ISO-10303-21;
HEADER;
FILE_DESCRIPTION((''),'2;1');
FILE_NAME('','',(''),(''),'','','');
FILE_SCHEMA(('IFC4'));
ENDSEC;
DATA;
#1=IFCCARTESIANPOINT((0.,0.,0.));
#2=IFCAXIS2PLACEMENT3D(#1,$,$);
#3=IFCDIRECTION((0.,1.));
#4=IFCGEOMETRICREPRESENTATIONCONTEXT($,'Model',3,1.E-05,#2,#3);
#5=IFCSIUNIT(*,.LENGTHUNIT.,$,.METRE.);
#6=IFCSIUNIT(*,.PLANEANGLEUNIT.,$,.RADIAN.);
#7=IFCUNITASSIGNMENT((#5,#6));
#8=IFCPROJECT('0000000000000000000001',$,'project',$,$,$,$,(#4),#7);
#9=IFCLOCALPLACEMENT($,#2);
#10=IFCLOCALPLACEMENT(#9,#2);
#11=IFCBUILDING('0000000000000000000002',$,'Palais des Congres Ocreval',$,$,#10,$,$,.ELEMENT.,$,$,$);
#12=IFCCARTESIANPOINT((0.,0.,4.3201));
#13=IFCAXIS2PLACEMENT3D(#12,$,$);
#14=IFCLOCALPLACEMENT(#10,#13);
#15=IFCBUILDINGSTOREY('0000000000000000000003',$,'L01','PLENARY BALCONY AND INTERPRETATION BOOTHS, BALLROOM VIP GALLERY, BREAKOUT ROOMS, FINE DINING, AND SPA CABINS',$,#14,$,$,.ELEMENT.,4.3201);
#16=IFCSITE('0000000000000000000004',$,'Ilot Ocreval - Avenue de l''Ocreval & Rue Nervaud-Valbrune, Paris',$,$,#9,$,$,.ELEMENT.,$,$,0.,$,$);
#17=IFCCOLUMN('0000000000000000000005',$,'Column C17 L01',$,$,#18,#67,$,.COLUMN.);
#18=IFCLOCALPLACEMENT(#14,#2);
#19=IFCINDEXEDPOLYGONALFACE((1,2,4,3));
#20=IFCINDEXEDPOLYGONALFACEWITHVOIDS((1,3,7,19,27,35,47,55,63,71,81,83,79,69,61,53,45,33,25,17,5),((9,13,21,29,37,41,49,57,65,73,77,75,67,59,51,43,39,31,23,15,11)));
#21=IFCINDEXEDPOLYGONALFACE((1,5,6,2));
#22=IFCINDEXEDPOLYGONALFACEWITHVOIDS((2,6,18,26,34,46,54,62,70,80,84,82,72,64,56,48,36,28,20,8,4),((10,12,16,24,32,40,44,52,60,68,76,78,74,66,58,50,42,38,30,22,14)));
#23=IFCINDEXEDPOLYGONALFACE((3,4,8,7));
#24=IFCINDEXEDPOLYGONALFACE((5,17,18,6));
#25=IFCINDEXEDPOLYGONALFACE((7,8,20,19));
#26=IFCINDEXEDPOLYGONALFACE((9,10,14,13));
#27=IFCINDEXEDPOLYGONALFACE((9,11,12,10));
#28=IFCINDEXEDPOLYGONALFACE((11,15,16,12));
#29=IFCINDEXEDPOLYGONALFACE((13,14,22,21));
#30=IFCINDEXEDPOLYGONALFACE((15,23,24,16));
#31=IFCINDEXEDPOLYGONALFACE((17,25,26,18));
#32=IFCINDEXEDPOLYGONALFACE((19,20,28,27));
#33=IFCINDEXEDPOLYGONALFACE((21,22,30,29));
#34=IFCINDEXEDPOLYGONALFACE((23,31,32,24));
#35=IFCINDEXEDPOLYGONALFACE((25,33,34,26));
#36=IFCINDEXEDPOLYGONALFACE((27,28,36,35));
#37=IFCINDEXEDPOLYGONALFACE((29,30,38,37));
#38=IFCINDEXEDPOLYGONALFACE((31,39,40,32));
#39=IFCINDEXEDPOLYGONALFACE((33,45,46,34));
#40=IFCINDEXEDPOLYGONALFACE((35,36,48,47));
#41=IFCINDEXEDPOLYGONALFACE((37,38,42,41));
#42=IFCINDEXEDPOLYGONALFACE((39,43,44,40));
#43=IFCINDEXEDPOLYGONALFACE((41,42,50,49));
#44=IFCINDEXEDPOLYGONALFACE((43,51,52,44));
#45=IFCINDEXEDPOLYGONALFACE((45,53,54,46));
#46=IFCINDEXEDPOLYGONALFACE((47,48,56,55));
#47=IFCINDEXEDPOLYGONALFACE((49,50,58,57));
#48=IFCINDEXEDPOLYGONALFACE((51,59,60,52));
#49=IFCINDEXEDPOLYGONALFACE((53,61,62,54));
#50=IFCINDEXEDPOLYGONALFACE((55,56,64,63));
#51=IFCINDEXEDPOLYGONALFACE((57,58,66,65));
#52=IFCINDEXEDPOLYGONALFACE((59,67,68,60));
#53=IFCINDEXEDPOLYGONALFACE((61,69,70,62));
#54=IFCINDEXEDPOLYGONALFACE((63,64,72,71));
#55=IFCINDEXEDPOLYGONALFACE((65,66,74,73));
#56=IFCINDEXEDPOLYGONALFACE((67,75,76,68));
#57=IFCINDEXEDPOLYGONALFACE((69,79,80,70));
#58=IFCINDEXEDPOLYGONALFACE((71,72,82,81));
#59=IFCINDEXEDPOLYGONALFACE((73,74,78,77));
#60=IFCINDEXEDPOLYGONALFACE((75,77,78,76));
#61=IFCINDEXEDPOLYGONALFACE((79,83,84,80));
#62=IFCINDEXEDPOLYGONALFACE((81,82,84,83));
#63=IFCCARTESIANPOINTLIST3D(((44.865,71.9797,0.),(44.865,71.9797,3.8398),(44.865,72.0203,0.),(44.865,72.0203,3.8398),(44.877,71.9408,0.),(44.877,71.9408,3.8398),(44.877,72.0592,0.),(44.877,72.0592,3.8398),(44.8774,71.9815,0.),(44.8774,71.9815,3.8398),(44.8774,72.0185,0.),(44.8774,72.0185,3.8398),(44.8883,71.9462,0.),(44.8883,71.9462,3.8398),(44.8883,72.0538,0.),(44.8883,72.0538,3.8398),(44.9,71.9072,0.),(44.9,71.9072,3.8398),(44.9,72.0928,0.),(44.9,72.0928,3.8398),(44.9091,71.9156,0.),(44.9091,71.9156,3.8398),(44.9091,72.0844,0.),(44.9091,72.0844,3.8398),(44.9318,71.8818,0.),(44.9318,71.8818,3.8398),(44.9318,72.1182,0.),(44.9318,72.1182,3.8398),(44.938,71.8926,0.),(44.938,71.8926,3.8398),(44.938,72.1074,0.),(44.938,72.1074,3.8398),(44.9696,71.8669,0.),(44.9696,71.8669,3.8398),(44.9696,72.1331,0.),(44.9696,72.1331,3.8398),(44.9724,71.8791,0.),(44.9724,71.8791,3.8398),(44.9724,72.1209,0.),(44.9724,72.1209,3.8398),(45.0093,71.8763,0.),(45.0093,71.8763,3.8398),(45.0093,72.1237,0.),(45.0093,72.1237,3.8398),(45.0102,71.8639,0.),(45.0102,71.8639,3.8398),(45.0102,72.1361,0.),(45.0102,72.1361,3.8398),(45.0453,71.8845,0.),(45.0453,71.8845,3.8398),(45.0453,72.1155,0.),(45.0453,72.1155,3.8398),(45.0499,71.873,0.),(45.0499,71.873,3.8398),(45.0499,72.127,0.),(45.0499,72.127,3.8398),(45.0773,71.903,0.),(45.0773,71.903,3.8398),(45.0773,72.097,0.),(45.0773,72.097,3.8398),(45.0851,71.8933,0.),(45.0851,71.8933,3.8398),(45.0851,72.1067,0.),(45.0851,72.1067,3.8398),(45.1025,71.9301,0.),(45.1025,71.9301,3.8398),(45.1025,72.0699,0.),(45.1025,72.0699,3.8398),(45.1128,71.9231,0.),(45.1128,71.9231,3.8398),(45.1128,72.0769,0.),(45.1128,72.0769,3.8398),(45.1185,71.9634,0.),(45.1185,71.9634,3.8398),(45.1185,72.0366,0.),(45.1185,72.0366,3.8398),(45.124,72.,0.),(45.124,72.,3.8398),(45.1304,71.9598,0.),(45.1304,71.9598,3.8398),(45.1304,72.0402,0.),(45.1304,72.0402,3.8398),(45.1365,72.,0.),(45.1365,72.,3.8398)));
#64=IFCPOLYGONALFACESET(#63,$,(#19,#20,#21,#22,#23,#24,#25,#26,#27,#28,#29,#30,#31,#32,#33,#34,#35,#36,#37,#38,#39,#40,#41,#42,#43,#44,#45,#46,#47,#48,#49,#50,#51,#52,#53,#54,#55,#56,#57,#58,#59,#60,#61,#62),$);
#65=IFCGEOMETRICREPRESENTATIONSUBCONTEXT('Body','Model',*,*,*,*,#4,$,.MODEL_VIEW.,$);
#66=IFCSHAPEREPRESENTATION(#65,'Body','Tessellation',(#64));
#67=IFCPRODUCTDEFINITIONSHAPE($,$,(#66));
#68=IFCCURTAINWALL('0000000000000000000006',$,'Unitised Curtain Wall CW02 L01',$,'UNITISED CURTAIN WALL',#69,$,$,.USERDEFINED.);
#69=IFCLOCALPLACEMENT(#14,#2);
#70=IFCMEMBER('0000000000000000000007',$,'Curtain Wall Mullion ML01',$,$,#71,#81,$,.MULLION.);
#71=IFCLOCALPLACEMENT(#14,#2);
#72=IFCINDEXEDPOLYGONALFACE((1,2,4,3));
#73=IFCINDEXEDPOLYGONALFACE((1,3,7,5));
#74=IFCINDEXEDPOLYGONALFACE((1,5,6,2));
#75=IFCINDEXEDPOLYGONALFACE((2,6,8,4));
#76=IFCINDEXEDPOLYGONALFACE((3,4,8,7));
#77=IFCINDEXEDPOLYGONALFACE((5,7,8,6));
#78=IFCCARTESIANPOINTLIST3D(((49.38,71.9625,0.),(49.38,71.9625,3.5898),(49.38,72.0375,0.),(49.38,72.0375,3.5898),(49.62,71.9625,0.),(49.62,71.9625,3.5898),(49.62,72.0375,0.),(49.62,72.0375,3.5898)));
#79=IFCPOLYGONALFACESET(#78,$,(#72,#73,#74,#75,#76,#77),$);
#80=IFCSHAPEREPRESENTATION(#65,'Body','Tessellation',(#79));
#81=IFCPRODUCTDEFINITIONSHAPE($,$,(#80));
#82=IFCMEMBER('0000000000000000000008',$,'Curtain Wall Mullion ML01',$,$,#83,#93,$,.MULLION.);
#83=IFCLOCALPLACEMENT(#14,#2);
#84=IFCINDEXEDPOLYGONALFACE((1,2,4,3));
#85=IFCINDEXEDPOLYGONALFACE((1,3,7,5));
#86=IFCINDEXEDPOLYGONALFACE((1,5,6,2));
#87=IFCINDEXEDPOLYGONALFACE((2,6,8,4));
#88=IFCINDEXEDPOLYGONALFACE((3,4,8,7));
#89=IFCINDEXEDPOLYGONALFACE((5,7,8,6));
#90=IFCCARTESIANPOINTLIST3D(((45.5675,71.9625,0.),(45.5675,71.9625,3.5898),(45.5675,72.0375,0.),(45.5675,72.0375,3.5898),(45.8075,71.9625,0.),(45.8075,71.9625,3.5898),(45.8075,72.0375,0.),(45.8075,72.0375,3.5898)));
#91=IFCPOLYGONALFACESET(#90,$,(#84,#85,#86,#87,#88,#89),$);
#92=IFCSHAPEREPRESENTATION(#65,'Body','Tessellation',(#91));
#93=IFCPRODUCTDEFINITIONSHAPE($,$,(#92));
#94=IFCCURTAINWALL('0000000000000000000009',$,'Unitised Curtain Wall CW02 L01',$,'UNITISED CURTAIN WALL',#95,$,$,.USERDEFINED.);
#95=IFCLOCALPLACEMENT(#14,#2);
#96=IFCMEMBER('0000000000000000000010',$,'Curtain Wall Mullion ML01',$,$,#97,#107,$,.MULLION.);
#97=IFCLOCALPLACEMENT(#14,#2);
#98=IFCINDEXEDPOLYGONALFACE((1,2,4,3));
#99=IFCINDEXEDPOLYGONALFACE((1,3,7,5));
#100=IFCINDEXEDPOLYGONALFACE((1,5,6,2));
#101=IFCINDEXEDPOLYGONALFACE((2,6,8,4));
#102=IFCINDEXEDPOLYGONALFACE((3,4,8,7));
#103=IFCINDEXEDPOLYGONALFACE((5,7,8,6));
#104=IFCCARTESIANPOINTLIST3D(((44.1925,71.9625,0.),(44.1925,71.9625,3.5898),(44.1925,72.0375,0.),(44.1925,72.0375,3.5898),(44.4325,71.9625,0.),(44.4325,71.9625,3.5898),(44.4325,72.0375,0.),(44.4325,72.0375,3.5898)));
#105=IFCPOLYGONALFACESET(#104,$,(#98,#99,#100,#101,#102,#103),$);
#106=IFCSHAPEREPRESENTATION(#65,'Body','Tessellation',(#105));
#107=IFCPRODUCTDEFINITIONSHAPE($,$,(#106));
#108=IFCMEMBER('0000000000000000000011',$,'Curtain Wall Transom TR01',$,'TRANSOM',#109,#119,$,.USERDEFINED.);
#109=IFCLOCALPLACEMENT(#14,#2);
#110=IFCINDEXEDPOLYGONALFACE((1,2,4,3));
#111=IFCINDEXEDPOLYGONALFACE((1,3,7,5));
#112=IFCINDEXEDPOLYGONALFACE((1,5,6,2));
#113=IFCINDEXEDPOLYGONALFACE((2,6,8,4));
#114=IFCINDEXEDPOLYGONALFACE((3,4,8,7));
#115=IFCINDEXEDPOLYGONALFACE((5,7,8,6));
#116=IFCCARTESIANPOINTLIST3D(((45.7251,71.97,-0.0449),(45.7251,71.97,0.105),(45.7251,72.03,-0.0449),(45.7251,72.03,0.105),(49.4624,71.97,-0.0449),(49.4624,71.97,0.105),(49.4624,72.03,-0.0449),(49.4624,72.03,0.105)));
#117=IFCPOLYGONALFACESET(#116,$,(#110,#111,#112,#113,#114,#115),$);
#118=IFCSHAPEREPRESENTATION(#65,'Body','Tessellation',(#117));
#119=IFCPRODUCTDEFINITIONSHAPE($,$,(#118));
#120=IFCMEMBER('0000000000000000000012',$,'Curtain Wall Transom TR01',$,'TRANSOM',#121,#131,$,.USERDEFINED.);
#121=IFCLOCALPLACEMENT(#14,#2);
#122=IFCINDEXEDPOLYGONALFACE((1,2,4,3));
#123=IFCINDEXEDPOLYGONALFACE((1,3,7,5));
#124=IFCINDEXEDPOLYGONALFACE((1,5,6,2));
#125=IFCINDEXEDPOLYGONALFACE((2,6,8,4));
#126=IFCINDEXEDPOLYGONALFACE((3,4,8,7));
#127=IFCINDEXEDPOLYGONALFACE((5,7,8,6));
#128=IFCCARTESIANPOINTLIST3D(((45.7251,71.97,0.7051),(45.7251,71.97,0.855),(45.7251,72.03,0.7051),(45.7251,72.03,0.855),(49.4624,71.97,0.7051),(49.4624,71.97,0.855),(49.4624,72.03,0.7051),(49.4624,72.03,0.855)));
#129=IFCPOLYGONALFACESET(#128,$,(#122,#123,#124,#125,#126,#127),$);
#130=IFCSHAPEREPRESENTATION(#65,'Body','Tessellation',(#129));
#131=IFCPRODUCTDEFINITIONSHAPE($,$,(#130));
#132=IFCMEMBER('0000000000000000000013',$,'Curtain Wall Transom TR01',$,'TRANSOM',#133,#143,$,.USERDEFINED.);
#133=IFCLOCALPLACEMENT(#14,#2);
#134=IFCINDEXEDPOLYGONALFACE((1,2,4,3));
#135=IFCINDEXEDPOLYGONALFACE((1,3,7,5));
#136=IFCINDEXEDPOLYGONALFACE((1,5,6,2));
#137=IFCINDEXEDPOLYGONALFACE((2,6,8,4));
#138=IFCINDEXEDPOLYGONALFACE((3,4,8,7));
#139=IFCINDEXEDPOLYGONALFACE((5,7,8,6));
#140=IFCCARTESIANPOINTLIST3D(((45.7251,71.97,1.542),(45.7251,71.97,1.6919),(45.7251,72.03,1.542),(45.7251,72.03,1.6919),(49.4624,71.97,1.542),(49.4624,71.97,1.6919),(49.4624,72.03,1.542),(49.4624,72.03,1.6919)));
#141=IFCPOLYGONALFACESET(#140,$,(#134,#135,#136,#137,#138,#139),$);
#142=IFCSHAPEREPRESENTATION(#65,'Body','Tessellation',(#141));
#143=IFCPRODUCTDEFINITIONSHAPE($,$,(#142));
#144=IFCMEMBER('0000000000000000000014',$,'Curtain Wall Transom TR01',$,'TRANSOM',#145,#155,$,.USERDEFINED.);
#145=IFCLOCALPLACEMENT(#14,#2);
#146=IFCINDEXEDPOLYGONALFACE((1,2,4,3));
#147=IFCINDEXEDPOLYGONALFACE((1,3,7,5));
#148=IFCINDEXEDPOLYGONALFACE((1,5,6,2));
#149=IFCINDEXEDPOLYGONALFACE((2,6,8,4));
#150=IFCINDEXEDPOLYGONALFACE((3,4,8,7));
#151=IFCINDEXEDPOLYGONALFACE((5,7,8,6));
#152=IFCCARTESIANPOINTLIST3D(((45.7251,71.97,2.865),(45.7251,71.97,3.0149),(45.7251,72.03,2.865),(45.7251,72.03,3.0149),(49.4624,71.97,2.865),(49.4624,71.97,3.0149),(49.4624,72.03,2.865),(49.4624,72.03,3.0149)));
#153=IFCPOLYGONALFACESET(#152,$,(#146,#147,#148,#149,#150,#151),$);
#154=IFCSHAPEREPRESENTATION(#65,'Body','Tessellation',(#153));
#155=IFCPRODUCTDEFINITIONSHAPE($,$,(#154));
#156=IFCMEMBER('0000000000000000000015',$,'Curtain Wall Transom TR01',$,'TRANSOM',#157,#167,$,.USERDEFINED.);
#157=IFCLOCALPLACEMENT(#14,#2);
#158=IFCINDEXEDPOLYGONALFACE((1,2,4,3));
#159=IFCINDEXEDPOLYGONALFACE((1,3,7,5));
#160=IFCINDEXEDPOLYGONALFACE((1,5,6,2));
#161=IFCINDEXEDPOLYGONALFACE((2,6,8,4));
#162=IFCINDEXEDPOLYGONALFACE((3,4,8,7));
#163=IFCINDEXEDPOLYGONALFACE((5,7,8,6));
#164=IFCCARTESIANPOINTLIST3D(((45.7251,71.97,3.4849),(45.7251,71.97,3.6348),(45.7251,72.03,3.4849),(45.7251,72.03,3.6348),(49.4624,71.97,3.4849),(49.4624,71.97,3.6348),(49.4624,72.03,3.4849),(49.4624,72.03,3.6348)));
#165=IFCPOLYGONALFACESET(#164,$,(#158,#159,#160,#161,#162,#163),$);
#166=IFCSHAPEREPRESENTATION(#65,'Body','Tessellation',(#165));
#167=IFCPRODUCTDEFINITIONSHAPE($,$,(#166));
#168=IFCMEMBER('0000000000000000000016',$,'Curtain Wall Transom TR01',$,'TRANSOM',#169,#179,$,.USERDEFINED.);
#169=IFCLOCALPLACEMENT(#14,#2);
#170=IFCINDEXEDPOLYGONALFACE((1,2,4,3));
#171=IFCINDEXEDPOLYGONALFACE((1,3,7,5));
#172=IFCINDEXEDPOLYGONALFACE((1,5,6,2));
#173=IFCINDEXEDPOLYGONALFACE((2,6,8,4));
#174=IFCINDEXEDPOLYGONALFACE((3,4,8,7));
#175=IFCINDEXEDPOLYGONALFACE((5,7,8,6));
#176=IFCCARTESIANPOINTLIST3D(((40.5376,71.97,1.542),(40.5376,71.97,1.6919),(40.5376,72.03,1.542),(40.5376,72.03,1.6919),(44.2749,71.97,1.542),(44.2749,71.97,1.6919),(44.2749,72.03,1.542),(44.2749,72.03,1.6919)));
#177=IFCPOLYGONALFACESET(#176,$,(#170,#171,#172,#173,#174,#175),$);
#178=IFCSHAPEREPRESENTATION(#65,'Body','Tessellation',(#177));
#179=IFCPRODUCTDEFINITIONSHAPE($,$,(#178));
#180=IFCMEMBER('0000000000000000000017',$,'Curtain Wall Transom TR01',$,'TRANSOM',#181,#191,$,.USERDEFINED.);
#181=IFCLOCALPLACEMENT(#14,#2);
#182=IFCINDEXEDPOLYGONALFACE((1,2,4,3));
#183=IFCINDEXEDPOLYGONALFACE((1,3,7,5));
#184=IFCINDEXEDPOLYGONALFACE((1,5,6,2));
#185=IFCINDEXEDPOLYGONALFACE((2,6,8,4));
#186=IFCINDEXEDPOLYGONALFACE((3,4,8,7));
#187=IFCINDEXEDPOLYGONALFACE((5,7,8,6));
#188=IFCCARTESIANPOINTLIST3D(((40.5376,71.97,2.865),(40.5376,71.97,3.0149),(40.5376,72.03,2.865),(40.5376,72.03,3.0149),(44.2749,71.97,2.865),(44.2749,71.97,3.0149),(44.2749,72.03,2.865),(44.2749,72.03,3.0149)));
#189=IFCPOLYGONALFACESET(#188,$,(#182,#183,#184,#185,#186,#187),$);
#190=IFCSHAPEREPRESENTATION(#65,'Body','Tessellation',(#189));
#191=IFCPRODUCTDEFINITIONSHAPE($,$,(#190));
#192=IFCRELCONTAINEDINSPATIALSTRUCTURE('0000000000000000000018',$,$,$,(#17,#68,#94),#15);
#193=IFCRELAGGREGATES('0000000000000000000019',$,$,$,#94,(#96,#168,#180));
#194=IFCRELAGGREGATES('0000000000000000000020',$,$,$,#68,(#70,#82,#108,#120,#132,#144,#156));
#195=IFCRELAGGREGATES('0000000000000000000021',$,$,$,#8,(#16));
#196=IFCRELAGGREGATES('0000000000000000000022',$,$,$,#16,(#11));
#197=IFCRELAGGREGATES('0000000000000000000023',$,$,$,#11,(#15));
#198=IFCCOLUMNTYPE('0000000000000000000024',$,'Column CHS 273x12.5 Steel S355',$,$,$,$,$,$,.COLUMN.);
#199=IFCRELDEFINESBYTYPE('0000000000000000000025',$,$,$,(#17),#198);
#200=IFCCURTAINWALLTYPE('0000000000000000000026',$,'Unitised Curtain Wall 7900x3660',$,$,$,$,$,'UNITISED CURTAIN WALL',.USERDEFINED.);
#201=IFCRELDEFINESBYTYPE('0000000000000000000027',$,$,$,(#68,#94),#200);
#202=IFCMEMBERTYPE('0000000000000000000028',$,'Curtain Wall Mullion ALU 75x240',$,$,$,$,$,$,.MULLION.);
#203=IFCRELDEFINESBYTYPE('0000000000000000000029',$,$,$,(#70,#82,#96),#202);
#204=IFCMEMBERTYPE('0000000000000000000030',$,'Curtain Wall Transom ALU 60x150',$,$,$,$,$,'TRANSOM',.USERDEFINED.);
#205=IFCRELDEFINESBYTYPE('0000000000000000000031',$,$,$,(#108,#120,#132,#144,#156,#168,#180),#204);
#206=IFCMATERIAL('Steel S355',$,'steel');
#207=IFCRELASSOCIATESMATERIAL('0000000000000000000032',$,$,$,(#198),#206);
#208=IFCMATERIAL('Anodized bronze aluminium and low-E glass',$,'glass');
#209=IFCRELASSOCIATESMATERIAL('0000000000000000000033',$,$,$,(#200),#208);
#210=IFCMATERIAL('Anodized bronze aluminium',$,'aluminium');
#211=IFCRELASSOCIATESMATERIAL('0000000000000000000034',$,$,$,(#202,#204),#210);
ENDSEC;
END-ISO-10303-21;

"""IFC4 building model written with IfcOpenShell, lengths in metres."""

from ifc_helpers import new_model, si_unit, direction, frame, origin, origin_2d, place, context, subcontext, project, spatial, rectangle, hollow_circle, extrude, material, material_profile, profile_set, type_object, element, aggregate, save


model = new_model("IFC4")

# Units and contexts
model_context = context("Model", 3, precision=1e-05, world=origin(), true_north=direction((0.0, 1.0)))
body_context = subcontext(model_context, "Body", "Model", "MODEL_VIEW")
ifc_project = project(units=[si_unit("LENGTHUNIT", "METRE"), si_unit("PLANEANGLEUNIT", "RADIAN")], contexts=[model_context])

# Site, building, storey
site_placement = place(None, origin())
site = spatial("IfcSite", under=ifc_project, at=site_placement, Name="Ilot Ocreval - Avenue de l'Ocreval & Rue Nervaud-Valbrune, Paris", CompositionType="ELEMENT", RefElevation=0.0)
building_placement = place(site_placement, origin())
building = spatial("IfcBuilding", under=site, at=building_placement, Name="Palais des Congres Ocreval", CompositionType="ELEMENT")
storey_placement = place(building_placement, frame((0.0, 0.0, 4.3201)))
storey = spatial("IfcBuildingStorey", under=building, at=storey_placement, Name="L01", Description="PLENARY BALCONY AND INTERPRETATION BOOTHS, BALLROOM VIP GALLERY, BREAKOUT ROOMS, FINE DINING, AND SPA CABINS", CompositionType="ELEMENT", Elevation=4.3201)

# Column
ifc_material_1 = material(Name="Steel S355", Category="steel")
ifc_material_profile_1 = material_profile(ifc_material_1, hollow_circle(Radius=0.1365, WallThickness=0.0125, at=origin_2d()), Name="CHS 273x12.5")
ifc_profile_set_1 = profile_set([ifc_material_profile_1], Name="Steel S355")
column_type = type_object("IfcColumnType", Name="Column CHS 273x12.5 Steel S355", PredefinedType="COLUMN", material=ifc_profile_set_1)
column_placement = place(storey_placement, frame((45.0, 72.0, 0.0), z_axis=(0.0, 0.0, 1.0), x_axis=(1.0, 0.0, 0.0)))
element("IfcColumn", 1, at=column_placement, inside=storey, type_object=column_type, Name="Column C17 L01", PredefinedType="COLUMN", context=body_context, shape_type="SweptSolid", body=[
    extrude(hollow_circle(Radius=0.1365, WallThickness=0.0125, at=origin_2d()), origin(), (0.0, 0.0, 1.0), 3.8398),
])

# Curtain wall, members
ifc_material_2 = material(Name="Anodized bronze aluminium and low-E glass", Category="glass")
curtain_wall_type = type_object("IfcCurtainWallType", Name="Unitised Curtain Wall 7900x3660", ElementType="UNITISED CURTAIN WALL", PredefinedType="USERDEFINED", material=ifc_material_2)
curtain_wall_1_placement = place(storey_placement, origin())
curtain_wall_1 = element("IfcCurtainWall", 2, at=curtain_wall_1_placement, inside=storey, type_object=curtain_wall_type, Name="Unitised Curtain Wall CW02 L01", ObjectType="UNITISED CURTAIN WALL", PredefinedType="USERDEFINED")
ifc_material_3 = material(Name="Anodized bronze aluminium", Category="aluminium")
ifc_material_profile_2 = material_profile(ifc_material_3, rectangle(XDim=0.075, YDim=0.24, at=origin_2d()), Name="ALU 75x240")
ifc_profile_set_2 = profile_set([ifc_material_profile_2], Name="Anodized bronze aluminium")
member_type_1 = type_object("IfcMemberType", Name="Curtain Wall Mullion ALU 75x240", PredefinedType="MULLION", material=ifc_profile_set_2)
member_1_placement = place(storey_placement, frame((49.5, 72.0, 0.0), z_axis=(0.0, 0.0, 1.0), x_axis=(0.0, -1.0, 0.0)))
member_1 = element("IfcMember", 3, at=member_1_placement, type_object=member_type_1, Name="Curtain Wall Mullion ML01", PredefinedType="MULLION", context=body_context, shape_type="SweptSolid", body=[
    extrude(rectangle(XDim=0.075, YDim=0.24, at=origin_2d()), origin(), (0.0, 0.0, 1.0), 3.5898),
])
member_2_placement = place(storey_placement, frame((45.6875, 72.0, 0.0), z_axis=(0.0, 0.0, 1.0), x_axis=(0.0, -1.0, 0.0)))
member_2 = element("IfcMember", 4, at=member_2_placement, type_object=member_type_1, Name="Curtain Wall Mullion ML01", PredefinedType="MULLION", context=body_context, shape_type="SweptSolid", body=[
    extrude(rectangle(XDim=0.075, YDim=0.24, at=origin_2d()), origin(), (0.0, 0.0, 1.0), 3.5898),
])

# Curtain wall, member
curtain_wall_2_placement = place(storey_placement, origin())
curtain_wall_2 = element("IfcCurtainWall", 5, at=curtain_wall_2_placement, inside=storey, type_object=curtain_wall_type, Name="Unitised Curtain Wall CW02 L01", ObjectType="UNITISED CURTAIN WALL", PredefinedType="USERDEFINED")
member_3_placement = place(storey_placement, frame((44.3125, 72.0, 0.0), z_axis=(0.0, 0.0, 1.0), x_axis=(0.0, -1.0, 0.0)))
member_3 = element("IfcMember", 6, at=member_3_placement, type_object=member_type_1, Name="Curtain Wall Mullion ML01", PredefinedType="MULLION", context=body_context, shape_type="SweptSolid", body=[
    extrude(rectangle(XDim=0.075, YDim=0.24, at=origin_2d()), origin(), (0.0, 0.0, 1.0), 3.5898),
])

# Members
ifc_material_profile_3 = material_profile(ifc_material_3, rectangle(XDim=0.0601, YDim=0.1499, at=origin_2d()), Name="ALU 60x150")
ifc_profile_set_3 = profile_set([ifc_material_profile_3], Name="Anodized bronze aluminium")
member_type_2 = type_object("IfcMemberType", Name="Curtain Wall Transom ALU 60x150", ElementType="TRANSOM", PredefinedType="USERDEFINED", material=ifc_profile_set_3)
member_4_placement = place(storey_placement, frame((49.4624, 72.0, 0.03), z_axis=(-1.0, 0.0, 0.0), x_axis=(0.0, -1.0, 0.0)))
member_4 = element("IfcMember", 7, at=member_4_placement, type_object=member_type_2, Name="Curtain Wall Transom TR01", ObjectType="TRANSOM", PredefinedType="USERDEFINED", context=body_context, shape_type="SweptSolid", body=[
    extrude(rectangle(XDim=0.0601, YDim=0.1499, at=origin_2d()), origin(), (0.0, 0.0, 1.0), 3.7373),
])
member_5_placement = place(storey_placement, frame((49.4624, 72.0, 0.78), z_axis=(-1.0, 0.0, 0.0), x_axis=(0.0, -1.0, 0.0)))
member_5 = element("IfcMember", 8, at=member_5_placement, type_object=member_type_2, Name="Curtain Wall Transom TR01", ObjectType="TRANSOM", PredefinedType="USERDEFINED", context=body_context, shape_type="SweptSolid", body=[
    extrude(rectangle(XDim=0.0601, YDim=0.1499, at=origin_2d()), origin(), (0.0, 0.0, 1.0), 3.7373),
])
member_6_placement = place(storey_placement, frame((49.4624, 72.0, 1.6169), z_axis=(-1.0, 0.0, 0.0), x_axis=(0.0, -1.0, 0.0)))
member_6 = element("IfcMember", 9, at=member_6_placement, type_object=member_type_2, Name="Curtain Wall Transom TR01", ObjectType="TRANSOM", PredefinedType="USERDEFINED", context=body_context, shape_type="SweptSolid", body=[
    extrude(rectangle(XDim=0.0601, YDim=0.1499, at=origin_2d()), origin(), (0.0, 0.0, 1.0), 3.7373),
])
member_7_placement = place(storey_placement, frame((49.4624, 72.0, 2.9399), z_axis=(-1.0, 0.0, 0.0), x_axis=(0.0, -1.0, 0.0)))
member_7 = element("IfcMember", 10, at=member_7_placement, type_object=member_type_2, Name="Curtain Wall Transom TR01", ObjectType="TRANSOM", PredefinedType="USERDEFINED", context=body_context, shape_type="SweptSolid", body=[
    extrude(rectangle(XDim=0.0601, YDim=0.1499, at=origin_2d()), origin(), (0.0, 0.0, 1.0), 3.7373),
])
member_8_placement = place(storey_placement, frame((49.4624, 72.0, 3.5598), z_axis=(-1.0, 0.0, 0.0), x_axis=(0.0, -1.0, 0.0)))
member_8 = element("IfcMember", 11, at=member_8_placement, type_object=member_type_2, Name="Curtain Wall Transom TR01", ObjectType="TRANSOM", PredefinedType="USERDEFINED", context=body_context, shape_type="SweptSolid", body=[
    extrude(rectangle(XDim=0.0601, YDim=0.1499, at=origin_2d()), origin(), (0.0, 0.0, 1.0), 3.7373),
])
member_9_placement = place(storey_placement, frame((44.2749, 72.0, 1.6169), z_axis=(-1.0, 0.0, 0.0), x_axis=(0.0, -1.0, 0.0)))
member_9 = element("IfcMember", 12, at=member_9_placement, type_object=member_type_2, Name="Curtain Wall Transom TR01", ObjectType="TRANSOM", PredefinedType="USERDEFINED", context=body_context, shape_type="SweptSolid", body=[
    extrude(rectangle(XDim=0.0601, YDim=0.1499, at=origin_2d()), origin(), (0.0, 0.0, 1.0), 3.7373),
])
member_10_placement = place(storey_placement, frame((44.2749, 72.0, 2.9399), z_axis=(-1.0, 0.0, 0.0), x_axis=(0.0, -1.0, 0.0)))
member_10 = element("IfcMember", 13, at=member_10_placement, type_object=member_type_2, Name="Curtain Wall Transom TR01", ObjectType="TRANSOM", PredefinedType="USERDEFINED", context=body_context, shape_type="SweptSolid", body=[
    extrude(rectangle(XDim=0.0601, YDim=0.1499, at=origin_2d()), origin(), (0.0, 0.0, 1.0), 3.7373),
])
aggregate(curtain_wall_2, [member_3, member_9, member_10])

aggregate(curtain_wall_1, [member_1, member_2, member_4, member_5, member_6, member_7, member_8])

save(model, "model.ifc")
